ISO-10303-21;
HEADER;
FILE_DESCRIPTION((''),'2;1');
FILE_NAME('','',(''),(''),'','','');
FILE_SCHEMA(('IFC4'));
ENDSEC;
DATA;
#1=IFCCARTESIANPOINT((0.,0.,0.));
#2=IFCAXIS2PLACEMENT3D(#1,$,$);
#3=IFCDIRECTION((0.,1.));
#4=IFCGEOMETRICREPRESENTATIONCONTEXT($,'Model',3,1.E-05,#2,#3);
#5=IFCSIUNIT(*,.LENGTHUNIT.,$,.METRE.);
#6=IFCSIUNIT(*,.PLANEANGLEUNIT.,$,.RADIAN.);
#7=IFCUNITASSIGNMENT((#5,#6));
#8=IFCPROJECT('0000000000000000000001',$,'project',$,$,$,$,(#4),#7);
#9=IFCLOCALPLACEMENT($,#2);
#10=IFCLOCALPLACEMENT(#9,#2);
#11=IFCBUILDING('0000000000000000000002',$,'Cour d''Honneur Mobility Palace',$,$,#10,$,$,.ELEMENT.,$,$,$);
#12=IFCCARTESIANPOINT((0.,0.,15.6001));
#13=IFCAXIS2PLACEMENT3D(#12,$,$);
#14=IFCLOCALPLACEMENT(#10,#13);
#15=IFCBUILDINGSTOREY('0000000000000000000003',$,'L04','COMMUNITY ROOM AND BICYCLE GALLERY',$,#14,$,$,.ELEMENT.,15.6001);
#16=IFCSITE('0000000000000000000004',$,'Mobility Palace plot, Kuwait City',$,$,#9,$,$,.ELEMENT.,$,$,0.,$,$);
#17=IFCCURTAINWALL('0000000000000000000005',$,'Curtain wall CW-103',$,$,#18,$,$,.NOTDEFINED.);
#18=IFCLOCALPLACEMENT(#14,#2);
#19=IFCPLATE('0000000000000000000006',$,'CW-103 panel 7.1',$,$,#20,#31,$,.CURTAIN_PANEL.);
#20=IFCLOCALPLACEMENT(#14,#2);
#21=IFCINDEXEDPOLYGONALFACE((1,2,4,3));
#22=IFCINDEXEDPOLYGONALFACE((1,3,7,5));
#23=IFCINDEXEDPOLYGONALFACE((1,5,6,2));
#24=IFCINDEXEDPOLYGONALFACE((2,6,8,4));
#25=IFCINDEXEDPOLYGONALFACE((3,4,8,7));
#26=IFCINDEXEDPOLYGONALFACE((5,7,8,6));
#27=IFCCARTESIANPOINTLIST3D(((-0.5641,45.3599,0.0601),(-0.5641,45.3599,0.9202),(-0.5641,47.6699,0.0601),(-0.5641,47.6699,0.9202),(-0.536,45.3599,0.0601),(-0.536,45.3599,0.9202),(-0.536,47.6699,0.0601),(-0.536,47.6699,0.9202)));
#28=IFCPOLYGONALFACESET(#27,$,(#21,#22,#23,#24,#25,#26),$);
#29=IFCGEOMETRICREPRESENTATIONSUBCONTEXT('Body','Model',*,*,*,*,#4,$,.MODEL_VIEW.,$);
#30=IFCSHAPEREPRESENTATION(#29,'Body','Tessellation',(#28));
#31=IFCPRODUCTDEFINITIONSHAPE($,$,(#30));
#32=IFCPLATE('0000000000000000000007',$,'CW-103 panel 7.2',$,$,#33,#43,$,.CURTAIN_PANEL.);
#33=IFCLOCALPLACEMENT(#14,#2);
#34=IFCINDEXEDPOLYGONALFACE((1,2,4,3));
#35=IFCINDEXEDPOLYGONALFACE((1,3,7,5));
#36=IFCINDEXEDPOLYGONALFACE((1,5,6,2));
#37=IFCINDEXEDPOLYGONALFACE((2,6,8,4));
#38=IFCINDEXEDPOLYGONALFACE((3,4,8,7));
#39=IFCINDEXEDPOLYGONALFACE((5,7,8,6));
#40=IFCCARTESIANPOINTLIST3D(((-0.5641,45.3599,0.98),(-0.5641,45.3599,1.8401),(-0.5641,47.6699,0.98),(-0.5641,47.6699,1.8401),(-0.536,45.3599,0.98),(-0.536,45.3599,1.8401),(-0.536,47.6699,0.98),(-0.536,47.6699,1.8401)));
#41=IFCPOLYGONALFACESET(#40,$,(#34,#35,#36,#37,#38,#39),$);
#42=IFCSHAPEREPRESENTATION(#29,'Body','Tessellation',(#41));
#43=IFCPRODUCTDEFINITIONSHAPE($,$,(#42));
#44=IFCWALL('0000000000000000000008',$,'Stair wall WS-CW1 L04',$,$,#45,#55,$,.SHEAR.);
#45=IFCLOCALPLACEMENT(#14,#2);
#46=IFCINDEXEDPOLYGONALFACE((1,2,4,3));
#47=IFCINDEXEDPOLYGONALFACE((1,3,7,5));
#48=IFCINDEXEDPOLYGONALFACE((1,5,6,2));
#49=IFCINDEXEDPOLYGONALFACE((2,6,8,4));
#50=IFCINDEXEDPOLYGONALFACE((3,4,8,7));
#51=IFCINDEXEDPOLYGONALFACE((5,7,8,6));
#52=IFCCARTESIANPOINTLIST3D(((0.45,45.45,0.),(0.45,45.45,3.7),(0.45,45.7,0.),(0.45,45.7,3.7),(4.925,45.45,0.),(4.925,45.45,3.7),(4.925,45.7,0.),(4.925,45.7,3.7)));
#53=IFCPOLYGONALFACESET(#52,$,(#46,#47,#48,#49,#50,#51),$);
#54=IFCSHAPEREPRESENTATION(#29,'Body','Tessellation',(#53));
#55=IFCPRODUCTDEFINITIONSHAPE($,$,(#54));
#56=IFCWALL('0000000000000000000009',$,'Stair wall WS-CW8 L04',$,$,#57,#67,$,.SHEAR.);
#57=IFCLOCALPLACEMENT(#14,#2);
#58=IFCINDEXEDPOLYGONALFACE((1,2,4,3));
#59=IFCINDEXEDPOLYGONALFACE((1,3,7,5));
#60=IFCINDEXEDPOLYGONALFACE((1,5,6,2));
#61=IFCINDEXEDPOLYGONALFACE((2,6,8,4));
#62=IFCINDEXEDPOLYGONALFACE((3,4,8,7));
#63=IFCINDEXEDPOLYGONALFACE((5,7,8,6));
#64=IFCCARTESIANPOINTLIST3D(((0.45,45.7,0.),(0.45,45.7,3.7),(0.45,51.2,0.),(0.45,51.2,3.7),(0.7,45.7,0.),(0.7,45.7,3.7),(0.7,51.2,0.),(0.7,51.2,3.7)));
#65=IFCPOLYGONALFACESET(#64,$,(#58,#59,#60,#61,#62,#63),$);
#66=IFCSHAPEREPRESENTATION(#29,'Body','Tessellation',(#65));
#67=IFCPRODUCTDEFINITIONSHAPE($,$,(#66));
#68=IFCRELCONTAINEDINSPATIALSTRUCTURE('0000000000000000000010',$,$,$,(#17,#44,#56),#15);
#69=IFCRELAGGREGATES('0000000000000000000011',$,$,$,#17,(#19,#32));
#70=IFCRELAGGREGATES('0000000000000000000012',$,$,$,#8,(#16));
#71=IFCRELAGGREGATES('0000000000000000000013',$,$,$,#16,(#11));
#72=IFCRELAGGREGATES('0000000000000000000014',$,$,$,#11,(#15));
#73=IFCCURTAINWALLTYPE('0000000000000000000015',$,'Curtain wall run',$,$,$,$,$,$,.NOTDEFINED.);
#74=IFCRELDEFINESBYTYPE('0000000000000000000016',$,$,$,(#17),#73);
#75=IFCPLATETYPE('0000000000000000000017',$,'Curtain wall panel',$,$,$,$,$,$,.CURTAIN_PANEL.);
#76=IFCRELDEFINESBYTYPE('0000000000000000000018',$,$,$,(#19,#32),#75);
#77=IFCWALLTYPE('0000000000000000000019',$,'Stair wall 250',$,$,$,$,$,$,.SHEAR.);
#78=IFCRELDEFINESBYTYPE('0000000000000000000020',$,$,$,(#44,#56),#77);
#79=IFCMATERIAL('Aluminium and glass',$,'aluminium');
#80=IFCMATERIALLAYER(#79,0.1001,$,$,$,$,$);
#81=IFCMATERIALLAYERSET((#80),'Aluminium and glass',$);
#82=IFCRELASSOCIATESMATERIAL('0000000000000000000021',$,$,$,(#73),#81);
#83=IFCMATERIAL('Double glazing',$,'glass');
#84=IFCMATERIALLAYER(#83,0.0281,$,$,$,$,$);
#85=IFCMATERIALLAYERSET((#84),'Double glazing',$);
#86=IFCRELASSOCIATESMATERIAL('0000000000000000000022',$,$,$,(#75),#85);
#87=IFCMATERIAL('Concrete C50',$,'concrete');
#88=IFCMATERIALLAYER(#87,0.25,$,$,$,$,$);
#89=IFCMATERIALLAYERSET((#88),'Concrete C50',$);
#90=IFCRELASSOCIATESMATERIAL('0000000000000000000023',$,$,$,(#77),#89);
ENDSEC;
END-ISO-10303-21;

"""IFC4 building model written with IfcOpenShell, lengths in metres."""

from ifc_helpers import new_model, si_unit, direction, frame, frame_2d, origin, origin_2d, place, context, subcontext, project, spatial, rectangle, extrude, material, layer, layer_set, type_object, element, aggregate, save


model = new_model("IFC4")

# Units and contexts
model_context = context("Model", 3, precision=1e-05, world=origin(), true_north=direction((0.0, 1.0)))
body_context = subcontext(model_context, "Body", "Model", "MODEL_VIEW")
ifc_project = project(units=[si_unit("LENGTHUNIT", "METRE"), si_unit("PLANEANGLEUNIT", "RADIAN")], contexts=[model_context])

# Site, building, storey
site_placement = place(None, origin())
site = spatial("IfcSite", under=ifc_project, at=site_placement, Name="Mobility Palace plot, Kuwait City", CompositionType="ELEMENT", RefElevation=0.0)
building_placement = place(site_placement, origin())
building = spatial("IfcBuilding", under=site, at=building_placement, Name="Cour d'Honneur Mobility Palace", CompositionType="ELEMENT")
storey_placement = place(building_placement, frame((0.0, 0.0, 15.6001)))
storey = spatial("IfcBuildingStorey", under=building, at=storey_placement, Name="L04", Description="COMMUNITY ROOM AND BICYCLE GALLERY", CompositionType="ELEMENT", Elevation=15.6001)

# Curtain wall
ifc_material_1 = material(Name="Aluminium and glass", Category="aluminium")
ifc_layer_1 = layer(ifc_material_1, 0.1001)
ifc_layer_set_1 = layer_set([ifc_layer_1], Name="Aluminium and glass")
curtain_wall_type = type_object("IfcCurtainWallType", Name="Curtain wall run", PredefinedType="NOTDEFINED", material=ifc_layer_set_1)
curtain_wall_placement = place(storey_placement, origin())
curtain_wall = element("IfcCurtainWall", 1, at=curtain_wall_placement, inside=storey, type_object=curtain_wall_type, Name="Curtain wall CW-103", PredefinedType="NOTDEFINED")

# Plates
ifc_material_2 = material(Name="Double glazing", Category="glass")
ifc_layer_2 = layer(ifc_material_2, 0.0281)
ifc_layer_set_2 = layer_set([ifc_layer_2], Name="Double glazing")
plate_type = type_object("IfcPlateType", Name="Curtain wall panel", PredefinedType="CURTAIN_PANEL", material=ifc_layer_set_2)
plate_1_placement = place(storey_placement, frame((-0.55, 46.5149, 0.0601), z_axis=(0.0, 0.0, 1.0), x_axis=(0.0, -1.0, 0.0)))
plate_1 = element("IfcPlate", 2, at=plate_1_placement, type_object=plate_type, Name="CW-103 panel 7.1", PredefinedType="CURTAIN_PANEL", context=body_context, shape_type="SweptSolid", body=[
    extrude(rectangle(XDim=2.3101, YDim=0.0281, at=origin_2d()), origin(), (0.0, 0.0, 1.0), 0.8601),
])
plate_2_placement = place(storey_placement, frame((-0.55, 46.5149, 0.98), z_axis=(0.0, 0.0, 1.0), x_axis=(0.0, -1.0, 0.0)))
plate_2 = element("IfcPlate", 3, at=plate_2_placement, type_object=plate_type, Name="CW-103 panel 7.2", PredefinedType="CURTAIN_PANEL", context=body_context, shape_type="SweptSolid", body=[
    extrude(rectangle(XDim=2.3101, YDim=0.0281, at=origin_2d()), origin(), (0.0, 0.0, 1.0), 0.8601),
])
aggregate(curtain_wall, [plate_1, plate_2])

# Walls
ifc_material_3 = material(Name="Concrete C50", Category="concrete")
ifc_layer_3 = layer(ifc_material_3, 0.25)
ifc_layer_set_3 = layer_set([ifc_layer_3], Name="Concrete C50")
wall_type = type_object("IfcWallType", Name="Stair wall 250", PredefinedType="SHEAR", material=ifc_layer_set_3)
wall_1_placement = place(storey_placement, frame((0.45, 45.575, 0.0), z_axis=(0.0, 0.0, 1.0), x_axis=(1.0, 0.0, 0.0)))
element("IfcWall", 4, at=wall_1_placement, inside=storey, type_object=wall_type, Name="Stair wall WS-CW1 L04", PredefinedType="SHEAR", context=body_context, shape_type="SweptSolid", body=[
    extrude(rectangle(XDim=4.4751, YDim=0.25, at=frame_2d((2.2375, 0.0))), origin(), (0.0, 0.0, 1.0), 3.7),
])
wall_2_placement = place(storey_placement, frame((0.575, 45.7, 0.0), z_axis=(0.0, 0.0, 1.0), x_axis=(0.0, 1.0, 0.0)))
element("IfcWall", 5, at=wall_2_placement, inside=storey, type_object=wall_type, Name="Stair wall WS-CW8 L04", PredefinedType="SHEAR", context=body_context, shape_type="SweptSolid", body=[
    extrude(rectangle(XDim=5.5, YDim=0.25, at=frame_2d((2.75, 0.0))), origin(), (0.0, 0.0, 1.0), 3.7),
])

save(model, "model.ifc")
